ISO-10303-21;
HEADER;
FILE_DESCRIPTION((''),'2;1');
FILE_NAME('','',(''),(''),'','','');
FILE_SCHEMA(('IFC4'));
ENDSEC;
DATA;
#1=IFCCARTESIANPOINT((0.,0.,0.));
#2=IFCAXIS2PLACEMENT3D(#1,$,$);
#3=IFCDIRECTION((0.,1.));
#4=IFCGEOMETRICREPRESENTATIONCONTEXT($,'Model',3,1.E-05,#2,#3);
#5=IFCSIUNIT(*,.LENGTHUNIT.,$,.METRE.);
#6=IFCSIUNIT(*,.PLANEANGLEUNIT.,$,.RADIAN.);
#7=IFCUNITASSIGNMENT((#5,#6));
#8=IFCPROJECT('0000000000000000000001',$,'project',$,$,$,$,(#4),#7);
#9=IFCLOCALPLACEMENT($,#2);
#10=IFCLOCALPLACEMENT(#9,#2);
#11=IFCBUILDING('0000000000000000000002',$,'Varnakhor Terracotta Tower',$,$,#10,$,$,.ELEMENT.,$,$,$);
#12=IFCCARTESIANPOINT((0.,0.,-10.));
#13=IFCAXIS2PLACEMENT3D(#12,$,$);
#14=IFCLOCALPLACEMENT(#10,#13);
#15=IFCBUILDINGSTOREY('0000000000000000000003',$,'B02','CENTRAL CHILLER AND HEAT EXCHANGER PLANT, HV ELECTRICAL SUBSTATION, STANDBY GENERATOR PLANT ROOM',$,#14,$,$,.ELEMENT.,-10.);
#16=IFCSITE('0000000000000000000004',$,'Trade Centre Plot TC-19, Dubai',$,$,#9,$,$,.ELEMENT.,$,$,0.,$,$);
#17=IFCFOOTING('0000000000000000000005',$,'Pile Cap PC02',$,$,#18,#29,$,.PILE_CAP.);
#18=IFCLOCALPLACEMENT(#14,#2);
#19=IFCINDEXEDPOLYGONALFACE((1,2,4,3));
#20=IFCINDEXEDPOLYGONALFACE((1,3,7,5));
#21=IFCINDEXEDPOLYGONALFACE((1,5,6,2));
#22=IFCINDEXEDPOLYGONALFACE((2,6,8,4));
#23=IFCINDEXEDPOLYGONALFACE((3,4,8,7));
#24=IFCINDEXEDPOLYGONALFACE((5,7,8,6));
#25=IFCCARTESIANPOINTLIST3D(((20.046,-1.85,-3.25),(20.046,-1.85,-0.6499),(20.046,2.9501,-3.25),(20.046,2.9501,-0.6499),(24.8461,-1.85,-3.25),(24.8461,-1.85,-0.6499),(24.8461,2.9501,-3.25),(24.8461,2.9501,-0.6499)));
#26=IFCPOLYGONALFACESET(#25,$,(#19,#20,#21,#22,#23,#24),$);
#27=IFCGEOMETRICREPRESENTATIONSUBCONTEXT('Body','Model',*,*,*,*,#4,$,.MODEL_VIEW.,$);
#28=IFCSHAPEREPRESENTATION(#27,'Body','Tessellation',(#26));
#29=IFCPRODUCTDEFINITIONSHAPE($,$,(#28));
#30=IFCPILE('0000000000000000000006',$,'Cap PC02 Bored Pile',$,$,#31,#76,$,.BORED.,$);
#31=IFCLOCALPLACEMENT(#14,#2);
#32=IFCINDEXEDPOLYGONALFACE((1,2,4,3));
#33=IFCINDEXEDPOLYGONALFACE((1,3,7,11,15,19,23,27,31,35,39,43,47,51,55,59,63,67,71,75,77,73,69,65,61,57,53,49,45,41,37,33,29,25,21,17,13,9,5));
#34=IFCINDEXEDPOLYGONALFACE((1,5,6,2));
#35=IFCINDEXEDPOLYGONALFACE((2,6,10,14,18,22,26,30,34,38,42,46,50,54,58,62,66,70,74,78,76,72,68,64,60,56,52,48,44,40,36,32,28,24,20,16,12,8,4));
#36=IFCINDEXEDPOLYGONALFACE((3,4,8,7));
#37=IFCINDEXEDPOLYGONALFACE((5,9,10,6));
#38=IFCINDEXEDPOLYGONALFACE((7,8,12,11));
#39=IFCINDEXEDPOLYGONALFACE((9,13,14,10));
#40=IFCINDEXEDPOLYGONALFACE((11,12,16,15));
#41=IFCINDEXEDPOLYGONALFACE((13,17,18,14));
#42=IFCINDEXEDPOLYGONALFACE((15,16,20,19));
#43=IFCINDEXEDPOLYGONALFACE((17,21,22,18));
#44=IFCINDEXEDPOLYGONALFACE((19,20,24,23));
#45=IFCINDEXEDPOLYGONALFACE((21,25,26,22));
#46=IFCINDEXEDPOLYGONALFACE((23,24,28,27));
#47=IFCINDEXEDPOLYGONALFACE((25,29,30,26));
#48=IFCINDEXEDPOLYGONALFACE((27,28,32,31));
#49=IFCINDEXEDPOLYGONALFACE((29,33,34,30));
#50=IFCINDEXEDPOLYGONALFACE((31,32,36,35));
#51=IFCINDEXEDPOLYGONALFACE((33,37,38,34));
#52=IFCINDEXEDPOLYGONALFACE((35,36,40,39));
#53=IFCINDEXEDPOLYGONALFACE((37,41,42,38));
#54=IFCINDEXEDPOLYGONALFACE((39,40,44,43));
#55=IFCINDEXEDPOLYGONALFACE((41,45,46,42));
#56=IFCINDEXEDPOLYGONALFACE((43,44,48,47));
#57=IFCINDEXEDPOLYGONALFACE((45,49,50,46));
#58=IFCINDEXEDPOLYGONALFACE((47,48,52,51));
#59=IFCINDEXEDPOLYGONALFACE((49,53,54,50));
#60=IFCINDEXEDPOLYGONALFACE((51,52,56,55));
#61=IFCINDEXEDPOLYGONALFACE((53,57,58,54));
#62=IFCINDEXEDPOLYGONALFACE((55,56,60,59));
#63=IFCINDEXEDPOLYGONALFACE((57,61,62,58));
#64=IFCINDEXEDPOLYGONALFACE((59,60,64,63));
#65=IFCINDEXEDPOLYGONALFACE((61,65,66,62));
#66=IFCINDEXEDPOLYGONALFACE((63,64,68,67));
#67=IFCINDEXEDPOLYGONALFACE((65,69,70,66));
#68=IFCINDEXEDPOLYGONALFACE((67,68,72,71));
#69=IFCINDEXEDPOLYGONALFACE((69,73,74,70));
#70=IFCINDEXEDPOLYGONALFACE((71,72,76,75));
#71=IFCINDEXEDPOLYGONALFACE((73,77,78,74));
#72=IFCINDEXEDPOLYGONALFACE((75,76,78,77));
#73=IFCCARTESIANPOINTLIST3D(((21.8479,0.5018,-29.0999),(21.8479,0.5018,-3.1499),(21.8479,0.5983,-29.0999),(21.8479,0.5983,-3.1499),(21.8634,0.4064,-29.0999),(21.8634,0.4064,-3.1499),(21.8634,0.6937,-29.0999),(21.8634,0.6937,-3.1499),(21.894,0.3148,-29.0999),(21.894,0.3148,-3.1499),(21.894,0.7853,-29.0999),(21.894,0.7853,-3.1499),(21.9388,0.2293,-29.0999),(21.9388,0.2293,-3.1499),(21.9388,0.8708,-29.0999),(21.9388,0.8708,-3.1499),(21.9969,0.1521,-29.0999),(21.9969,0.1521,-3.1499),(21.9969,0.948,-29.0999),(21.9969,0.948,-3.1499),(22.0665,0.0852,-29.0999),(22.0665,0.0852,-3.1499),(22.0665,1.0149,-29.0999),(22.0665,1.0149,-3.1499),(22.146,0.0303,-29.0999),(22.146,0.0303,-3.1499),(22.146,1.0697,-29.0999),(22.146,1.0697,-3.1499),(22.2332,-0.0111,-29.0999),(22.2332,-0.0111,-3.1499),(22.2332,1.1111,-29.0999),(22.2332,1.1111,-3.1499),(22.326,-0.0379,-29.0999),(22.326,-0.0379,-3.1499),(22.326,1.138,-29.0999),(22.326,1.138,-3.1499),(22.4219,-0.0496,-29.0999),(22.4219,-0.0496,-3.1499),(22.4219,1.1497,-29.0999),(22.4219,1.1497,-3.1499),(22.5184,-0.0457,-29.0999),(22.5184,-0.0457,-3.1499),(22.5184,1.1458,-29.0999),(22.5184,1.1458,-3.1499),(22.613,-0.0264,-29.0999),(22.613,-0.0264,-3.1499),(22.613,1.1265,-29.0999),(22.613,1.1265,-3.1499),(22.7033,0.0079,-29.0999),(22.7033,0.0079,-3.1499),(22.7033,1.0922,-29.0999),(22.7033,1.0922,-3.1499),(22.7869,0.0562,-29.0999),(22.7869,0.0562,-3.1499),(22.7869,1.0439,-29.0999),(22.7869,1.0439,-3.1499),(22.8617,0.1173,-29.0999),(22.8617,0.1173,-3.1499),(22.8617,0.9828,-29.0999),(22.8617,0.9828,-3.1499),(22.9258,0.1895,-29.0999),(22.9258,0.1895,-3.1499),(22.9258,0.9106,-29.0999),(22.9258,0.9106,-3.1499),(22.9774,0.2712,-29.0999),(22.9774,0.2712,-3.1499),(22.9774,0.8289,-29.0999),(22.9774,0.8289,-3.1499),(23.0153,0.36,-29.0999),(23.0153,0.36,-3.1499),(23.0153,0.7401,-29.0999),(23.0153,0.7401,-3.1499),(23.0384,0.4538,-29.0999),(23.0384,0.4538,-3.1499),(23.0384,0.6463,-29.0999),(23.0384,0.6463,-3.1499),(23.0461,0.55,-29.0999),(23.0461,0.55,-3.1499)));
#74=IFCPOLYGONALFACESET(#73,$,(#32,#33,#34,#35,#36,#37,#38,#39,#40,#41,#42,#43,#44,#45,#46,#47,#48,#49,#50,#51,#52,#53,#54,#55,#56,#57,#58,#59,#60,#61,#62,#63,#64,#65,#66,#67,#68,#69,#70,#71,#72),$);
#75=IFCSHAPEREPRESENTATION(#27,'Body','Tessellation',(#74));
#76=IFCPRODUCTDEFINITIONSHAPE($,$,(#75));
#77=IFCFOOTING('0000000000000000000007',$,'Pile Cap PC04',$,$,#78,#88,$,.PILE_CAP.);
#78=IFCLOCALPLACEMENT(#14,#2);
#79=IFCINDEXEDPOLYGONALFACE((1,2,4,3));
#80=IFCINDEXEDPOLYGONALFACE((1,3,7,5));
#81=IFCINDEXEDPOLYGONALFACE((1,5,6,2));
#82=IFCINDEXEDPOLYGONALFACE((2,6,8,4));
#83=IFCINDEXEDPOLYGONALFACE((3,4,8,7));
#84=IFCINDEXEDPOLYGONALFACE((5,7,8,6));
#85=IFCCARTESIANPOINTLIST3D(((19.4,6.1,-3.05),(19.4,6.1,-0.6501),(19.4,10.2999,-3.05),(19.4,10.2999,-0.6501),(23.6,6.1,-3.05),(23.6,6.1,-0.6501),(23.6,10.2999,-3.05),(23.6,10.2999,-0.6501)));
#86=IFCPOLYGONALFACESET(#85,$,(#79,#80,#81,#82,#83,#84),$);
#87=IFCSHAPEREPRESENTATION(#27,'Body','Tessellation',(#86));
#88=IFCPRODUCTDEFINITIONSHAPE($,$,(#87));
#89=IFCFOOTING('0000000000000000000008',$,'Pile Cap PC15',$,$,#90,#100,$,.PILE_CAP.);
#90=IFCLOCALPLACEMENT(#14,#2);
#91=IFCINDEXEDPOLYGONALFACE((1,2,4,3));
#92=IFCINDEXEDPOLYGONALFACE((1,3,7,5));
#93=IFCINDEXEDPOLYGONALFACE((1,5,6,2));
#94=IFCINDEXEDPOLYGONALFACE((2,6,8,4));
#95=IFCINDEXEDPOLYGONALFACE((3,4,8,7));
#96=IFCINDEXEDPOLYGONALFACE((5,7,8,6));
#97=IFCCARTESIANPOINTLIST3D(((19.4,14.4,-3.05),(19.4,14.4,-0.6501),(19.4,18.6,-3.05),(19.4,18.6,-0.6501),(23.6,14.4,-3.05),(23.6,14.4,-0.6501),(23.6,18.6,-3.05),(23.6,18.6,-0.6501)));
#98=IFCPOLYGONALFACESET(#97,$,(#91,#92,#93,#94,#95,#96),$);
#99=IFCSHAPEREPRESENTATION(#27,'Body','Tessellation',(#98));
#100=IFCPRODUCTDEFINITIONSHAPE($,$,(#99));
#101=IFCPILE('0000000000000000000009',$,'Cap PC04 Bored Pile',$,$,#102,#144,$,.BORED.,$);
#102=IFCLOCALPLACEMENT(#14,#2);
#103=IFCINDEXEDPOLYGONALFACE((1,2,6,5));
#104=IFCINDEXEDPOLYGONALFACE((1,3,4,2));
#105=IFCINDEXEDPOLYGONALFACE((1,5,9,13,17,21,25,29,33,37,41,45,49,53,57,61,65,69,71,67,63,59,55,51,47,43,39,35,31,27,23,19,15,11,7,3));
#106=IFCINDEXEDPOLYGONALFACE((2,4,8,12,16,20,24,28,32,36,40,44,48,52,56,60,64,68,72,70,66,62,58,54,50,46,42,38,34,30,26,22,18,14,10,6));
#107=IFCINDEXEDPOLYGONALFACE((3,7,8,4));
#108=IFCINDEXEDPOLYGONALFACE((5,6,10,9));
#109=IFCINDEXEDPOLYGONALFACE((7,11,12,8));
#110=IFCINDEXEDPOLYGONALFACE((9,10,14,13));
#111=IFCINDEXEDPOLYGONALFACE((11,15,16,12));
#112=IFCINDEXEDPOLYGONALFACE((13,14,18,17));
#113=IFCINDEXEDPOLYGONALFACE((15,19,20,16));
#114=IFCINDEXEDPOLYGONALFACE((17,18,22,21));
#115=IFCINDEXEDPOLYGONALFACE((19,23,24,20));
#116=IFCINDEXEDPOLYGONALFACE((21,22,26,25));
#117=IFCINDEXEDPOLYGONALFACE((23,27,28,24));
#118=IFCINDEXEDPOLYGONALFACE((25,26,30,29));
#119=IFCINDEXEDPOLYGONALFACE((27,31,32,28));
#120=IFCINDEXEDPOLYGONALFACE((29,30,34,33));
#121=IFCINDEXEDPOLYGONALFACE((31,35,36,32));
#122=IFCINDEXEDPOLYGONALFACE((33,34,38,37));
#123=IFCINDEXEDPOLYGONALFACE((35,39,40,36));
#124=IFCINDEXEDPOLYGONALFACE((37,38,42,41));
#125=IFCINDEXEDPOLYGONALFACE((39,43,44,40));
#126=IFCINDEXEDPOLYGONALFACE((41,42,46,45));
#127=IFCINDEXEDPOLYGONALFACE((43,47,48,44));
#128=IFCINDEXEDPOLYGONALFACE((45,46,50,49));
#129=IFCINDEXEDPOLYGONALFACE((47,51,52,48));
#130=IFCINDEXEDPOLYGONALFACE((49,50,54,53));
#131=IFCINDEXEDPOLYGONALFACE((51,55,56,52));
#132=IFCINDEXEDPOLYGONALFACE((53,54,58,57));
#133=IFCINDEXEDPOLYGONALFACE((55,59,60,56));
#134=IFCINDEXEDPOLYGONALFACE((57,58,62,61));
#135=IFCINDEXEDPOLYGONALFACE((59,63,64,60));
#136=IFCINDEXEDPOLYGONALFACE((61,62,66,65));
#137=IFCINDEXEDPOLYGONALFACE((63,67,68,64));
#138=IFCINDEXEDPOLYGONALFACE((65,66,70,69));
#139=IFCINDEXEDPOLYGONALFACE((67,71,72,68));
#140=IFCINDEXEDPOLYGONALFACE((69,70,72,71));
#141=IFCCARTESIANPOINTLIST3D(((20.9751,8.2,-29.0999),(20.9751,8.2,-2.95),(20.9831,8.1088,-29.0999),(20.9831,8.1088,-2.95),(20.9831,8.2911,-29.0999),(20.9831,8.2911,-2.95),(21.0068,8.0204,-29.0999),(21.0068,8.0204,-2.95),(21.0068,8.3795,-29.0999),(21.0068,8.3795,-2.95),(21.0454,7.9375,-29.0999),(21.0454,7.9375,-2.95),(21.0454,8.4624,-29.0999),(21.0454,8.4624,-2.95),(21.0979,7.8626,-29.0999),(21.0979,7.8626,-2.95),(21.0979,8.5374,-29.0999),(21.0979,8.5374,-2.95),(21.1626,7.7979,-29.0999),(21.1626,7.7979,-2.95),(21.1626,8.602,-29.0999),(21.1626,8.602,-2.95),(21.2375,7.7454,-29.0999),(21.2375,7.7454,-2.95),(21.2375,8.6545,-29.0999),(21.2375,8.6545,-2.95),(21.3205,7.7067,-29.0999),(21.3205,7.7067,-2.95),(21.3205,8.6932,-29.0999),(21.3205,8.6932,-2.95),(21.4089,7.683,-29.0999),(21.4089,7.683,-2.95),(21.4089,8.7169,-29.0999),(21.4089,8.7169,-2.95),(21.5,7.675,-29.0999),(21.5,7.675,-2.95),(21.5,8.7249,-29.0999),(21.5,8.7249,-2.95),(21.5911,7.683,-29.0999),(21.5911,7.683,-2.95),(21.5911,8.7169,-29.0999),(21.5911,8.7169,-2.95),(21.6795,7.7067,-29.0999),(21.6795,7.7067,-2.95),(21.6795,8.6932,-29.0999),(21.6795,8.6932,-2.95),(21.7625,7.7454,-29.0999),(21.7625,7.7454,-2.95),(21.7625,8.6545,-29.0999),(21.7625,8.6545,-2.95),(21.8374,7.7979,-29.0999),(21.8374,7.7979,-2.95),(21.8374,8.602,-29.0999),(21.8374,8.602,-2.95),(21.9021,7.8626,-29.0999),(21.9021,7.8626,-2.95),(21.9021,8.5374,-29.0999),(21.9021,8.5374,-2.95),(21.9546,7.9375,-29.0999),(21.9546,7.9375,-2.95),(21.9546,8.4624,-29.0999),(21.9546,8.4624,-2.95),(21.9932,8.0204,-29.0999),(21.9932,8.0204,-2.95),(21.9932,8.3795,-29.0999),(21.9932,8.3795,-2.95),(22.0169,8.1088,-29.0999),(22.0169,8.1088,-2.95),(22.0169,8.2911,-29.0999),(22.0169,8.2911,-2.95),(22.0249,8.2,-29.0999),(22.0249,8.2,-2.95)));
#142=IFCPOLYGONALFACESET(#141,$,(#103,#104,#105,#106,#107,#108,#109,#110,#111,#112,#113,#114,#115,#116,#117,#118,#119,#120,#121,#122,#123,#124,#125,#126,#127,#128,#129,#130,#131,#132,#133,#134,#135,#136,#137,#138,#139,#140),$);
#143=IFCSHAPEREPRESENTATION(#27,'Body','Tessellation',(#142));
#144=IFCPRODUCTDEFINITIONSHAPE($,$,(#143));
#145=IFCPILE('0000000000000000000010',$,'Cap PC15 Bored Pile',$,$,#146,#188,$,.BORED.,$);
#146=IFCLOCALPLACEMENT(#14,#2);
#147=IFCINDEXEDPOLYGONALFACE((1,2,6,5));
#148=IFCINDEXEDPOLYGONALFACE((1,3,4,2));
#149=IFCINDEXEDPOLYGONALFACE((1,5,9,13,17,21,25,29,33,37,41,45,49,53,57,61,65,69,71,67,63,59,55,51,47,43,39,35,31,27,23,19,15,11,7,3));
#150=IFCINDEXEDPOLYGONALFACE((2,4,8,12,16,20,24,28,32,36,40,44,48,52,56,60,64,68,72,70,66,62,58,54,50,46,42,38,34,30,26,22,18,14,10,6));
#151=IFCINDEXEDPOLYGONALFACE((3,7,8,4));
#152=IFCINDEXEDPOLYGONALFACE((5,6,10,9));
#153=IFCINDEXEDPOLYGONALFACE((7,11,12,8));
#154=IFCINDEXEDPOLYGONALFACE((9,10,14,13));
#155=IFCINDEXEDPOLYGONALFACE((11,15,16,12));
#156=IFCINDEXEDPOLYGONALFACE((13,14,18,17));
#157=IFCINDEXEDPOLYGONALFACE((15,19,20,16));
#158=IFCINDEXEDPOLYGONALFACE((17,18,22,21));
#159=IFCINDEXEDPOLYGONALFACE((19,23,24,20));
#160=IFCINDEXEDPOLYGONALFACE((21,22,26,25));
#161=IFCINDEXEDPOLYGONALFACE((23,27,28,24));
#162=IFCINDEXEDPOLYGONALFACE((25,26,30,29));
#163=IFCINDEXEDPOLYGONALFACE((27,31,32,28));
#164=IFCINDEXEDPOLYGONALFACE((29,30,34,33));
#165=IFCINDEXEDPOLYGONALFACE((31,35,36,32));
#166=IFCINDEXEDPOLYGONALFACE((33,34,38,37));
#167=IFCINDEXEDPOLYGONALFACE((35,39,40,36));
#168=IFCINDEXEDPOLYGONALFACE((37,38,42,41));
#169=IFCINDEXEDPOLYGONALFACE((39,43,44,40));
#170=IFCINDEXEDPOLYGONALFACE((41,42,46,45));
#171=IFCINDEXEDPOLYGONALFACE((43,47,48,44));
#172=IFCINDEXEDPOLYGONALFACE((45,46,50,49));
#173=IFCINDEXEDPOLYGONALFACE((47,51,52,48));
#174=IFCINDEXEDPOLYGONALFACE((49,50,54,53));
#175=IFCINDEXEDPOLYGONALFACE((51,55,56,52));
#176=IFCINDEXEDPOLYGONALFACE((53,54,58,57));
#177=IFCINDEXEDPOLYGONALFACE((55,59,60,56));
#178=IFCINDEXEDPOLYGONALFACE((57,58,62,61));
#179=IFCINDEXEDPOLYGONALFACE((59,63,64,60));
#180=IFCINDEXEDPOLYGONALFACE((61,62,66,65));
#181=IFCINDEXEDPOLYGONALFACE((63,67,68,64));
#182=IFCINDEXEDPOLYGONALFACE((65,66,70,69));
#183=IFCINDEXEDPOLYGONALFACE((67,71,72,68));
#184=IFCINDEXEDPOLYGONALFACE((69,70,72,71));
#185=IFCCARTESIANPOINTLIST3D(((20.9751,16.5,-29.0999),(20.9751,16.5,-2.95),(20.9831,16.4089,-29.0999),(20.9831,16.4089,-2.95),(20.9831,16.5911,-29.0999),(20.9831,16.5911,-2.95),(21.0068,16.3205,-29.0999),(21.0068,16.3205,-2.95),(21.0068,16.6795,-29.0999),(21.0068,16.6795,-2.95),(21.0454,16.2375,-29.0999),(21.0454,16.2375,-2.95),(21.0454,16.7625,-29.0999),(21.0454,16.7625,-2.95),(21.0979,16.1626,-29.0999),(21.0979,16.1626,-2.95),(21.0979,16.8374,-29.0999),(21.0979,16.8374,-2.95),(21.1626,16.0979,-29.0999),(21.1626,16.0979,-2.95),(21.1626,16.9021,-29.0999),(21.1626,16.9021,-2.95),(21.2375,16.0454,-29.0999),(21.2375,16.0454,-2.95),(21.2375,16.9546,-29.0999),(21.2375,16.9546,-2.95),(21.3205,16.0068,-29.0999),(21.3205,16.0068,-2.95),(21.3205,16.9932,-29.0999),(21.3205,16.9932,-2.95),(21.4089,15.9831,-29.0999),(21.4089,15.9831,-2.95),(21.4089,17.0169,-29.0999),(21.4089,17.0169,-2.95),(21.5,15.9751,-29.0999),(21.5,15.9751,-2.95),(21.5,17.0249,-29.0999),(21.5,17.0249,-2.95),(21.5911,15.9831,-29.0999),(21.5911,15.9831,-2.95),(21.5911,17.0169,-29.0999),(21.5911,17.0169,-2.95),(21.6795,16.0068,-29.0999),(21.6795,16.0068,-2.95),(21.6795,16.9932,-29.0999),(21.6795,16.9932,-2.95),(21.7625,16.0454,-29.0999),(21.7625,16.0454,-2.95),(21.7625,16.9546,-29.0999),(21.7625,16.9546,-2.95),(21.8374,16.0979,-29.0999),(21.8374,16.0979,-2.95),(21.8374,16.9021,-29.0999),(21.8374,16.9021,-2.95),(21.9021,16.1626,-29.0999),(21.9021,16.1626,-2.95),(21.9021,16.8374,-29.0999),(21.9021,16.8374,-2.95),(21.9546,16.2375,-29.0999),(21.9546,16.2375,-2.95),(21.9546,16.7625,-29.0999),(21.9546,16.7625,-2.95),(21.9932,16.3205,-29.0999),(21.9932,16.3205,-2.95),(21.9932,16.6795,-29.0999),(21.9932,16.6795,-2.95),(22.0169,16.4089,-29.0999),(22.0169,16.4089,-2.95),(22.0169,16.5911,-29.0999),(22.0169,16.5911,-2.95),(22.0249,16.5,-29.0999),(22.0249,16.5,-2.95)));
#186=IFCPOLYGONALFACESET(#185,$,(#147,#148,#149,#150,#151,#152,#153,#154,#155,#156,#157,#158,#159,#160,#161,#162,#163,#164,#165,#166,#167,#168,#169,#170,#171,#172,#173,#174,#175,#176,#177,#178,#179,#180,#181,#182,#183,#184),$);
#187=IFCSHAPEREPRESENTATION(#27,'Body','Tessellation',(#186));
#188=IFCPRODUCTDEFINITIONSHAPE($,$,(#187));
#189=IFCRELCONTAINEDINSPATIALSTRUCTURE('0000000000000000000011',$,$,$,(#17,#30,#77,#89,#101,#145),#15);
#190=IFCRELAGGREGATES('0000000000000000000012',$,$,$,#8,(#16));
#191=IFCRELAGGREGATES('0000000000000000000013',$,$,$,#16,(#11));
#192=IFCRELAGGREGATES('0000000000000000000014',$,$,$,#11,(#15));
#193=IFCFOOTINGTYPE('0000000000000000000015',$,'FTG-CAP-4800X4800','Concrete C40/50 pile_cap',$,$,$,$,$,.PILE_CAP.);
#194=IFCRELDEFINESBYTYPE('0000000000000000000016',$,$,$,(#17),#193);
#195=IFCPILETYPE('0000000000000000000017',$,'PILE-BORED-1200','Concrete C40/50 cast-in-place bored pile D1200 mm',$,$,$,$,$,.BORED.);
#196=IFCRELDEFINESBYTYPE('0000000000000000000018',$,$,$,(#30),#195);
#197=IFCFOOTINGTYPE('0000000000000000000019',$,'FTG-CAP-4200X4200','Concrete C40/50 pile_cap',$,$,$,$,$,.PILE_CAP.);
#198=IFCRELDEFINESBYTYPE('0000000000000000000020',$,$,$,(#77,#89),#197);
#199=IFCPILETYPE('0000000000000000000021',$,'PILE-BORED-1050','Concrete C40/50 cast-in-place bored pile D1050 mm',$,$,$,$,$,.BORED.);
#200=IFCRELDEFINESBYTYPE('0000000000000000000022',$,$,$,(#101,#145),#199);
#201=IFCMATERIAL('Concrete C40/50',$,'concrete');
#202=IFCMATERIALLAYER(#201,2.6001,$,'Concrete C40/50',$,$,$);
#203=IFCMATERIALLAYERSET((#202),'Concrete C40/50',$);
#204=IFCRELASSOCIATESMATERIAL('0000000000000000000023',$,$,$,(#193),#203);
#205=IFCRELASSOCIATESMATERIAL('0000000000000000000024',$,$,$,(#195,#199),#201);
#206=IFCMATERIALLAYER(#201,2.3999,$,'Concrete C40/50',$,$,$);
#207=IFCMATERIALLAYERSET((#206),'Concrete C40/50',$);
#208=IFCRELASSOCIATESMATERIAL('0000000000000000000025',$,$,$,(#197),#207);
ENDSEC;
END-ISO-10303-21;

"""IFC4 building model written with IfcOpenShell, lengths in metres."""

from ifc_helpers import new_model, si_unit, direction, frame, origin, origin_2d, place, context, subcontext, project, spatial, rectangle, circle, extrude, source, transform, mapped, material, layer, layer_set, material_profile, profile_set, type_object, type_shapes, element, save


model = new_model("IFC4")

# Units and contexts
model_context = context("Model", 3, precision=1e-05, world=origin(), true_north=direction((0.0, 1.0)))
body_context = subcontext(model_context, "Body", "Model", "MODEL_VIEW")
ifc_project = project(units=[si_unit("LENGTHUNIT", "METRE"), si_unit("PLANEANGLEUNIT", "RADIAN")], contexts=[model_context])

# Site, building, storey
site_placement = place(None, origin())
site = spatial("IfcSite", under=ifc_project, at=site_placement, Name="Trade Centre Plot TC-19, Dubai", CompositionType="ELEMENT", RefElevation=0.0)
building_placement = place(site_placement, origin())
building = spatial("IfcBuilding", under=site, at=building_placement, Name="Varnakhor Terracotta Tower", CompositionType="ELEMENT")
storey_placement = place(building_placement, frame((0.0, 0.0, -10.0)))
storey = spatial("IfcBuildingStorey", under=building, at=storey_placement, Name="B02", Description="CENTRAL CHILLER AND HEAT EXCHANGER PLANT, HV ELECTRICAL SUBSTATION, STANDBY GENERATOR PLANT ROOM", CompositionType="ELEMENT", Elevation=-10.0)

# Footing
ifc_material_1 = material(Name="Concrete C40/50", Category="concrete")
ifc_layer_1 = layer(ifc_material_1, 2.6001, Name="Concrete C40/50")
ifc_layer_set_1 = layer_set([ifc_layer_1], Name="Concrete C40/50")
footing_type_1 = type_object("IfcFootingType", Name="FTG-CAP-4800X4800", Description="Concrete C40/50 pile_cap", PredefinedType="PILE_CAP", material=ifc_layer_set_1)
shared_shape_1 = source(origin(), body_context, "Body", "SweptSolid", [
    extrude(rectangle(XDim=4.8, YDim=4.8, at=origin_2d()), origin(), (0.0, 0.0, 1.0), 2.6001),
])
type_shapes(footing_type_1, [shared_shape_1])
footing_1_placement = place(storey_placement, frame((22.446, 0.55, -3.25), z_axis=(0.0, 0.0, 1.0), x_axis=(1.0, 0.0, 0.0)))
element("IfcFooting", 1, at=footing_1_placement, inside=storey, type_object=footing_type_1, Name="Pile Cap PC02", PredefinedType="PILE_CAP", context=body_context, shape_type="MappedRepresentation", body=[
    mapped(shared_shape_1, transform((0.0, 0.0, 0.0), scale=1.0)),
])

# Pile
ifc_material_profile_1 = material_profile(ifc_material_1, circle(Radius=0.6001, at=origin_2d()), Name="BORED PILE D1200")
ifc_profile_set_1 = profile_set([ifc_material_profile_1], Name="Concrete C40/50")
pile_type_1 = type_object("IfcPileType", Name="PILE-BORED-1200", Description="Concrete C40/50 cast-in-place bored pile D1200 mm", PredefinedType="BORED", material=ifc_profile_set_1)
shared_shape_2 = source(origin(), body_context, "Body", "SweptSolid", [
    extrude(circle(Radius=0.6001, at=origin_2d()), origin(), (0.0, 0.0, 1.0), 25.95),
])
type_shapes(pile_type_1, [shared_shape_2])
pile_placement = place(storey_placement, frame((22.446, 0.55, -3.1499), z_axis=(0.0, 0.0, -1.0), x_axis=(1.0, 0.0, 0.0)))
element("IfcPile", 2, at=pile_placement, inside=storey, type_object=pile_type_1, Name="Cap PC02 Bored Pile", PredefinedType="BORED", context=body_context, shape_type="MappedRepresentation", body=[
    mapped(shared_shape_2, transform((0.0, 0.0, 0.0), scale=1.0)),
])

# Footings
ifc_layer_2 = layer(ifc_material_1, 2.3999, Name="Concrete C40/50")
ifc_layer_set_2 = layer_set([ifc_layer_2], Name="Concrete C40/50")
footing_type_2 = type_object("IfcFootingType", Name="FTG-CAP-4200X4200", Description="Concrete C40/50 pile_cap", PredefinedType="PILE_CAP", material=ifc_layer_set_2)
shared_shape_3 = source(origin(), body_context, "Body", "SweptSolid", [
    extrude(rectangle(XDim=4.2, YDim=4.2, at=origin_2d()), origin(), (0.0, 0.0, 1.0), 2.3999),
])
type_shapes(footing_type_2, [shared_shape_3])
for number, where, z_axis, x_axis, name in (
    (3, (21.5, 8.2, -3.05), (0.0, 0.0, 1.0), (1.0, 0.0, 0.0), "Pile Cap PC04"),
    (4, (21.5, 16.5, -3.05), (0.0, 0.0, 1.0), (1.0, 0.0, 0.0), "Pile Cap PC15"),
):
    element("IfcFooting", number, at=place(storey_placement, frame(where, z_axis=z_axis, x_axis=x_axis)), inside=storey, type_object=footing_type_2, Name=name, PredefinedType="PILE_CAP", context=body_context, shape_type="MappedRepresentation", body=[
        mapped(shared_shape_3, transform((0.0, 0.0, 0.0), scale=1.0)),
    ])

# Piles
ifc_material_profile_2 = material_profile(ifc_material_1, circle(Radius=0.5249, at=origin_2d()), Name="BORED PILE D1050")
ifc_profile_set_2 = profile_set([ifc_material_profile_2], Name="Concrete C40/50")
pile_type_2 = type_object("IfcPileType", Name="PILE-BORED-1050", Description="Concrete C40/50 cast-in-place bored pile D1050 mm", PredefinedType="BORED", material=ifc_profile_set_2)
shared_shape_4 = source(origin(), body_context, "Body", "SweptSolid", [
    extrude(circle(Radius=0.5249, at=origin_2d()), origin(), (0.0, 0.0, 1.0), 26.1499),
])
type_shapes(pile_type_2, [shared_shape_4])
for number, where, z_axis, x_axis, name in (
    (5, (21.5, 8.2, -2.95), (0.0, 0.0, -1.0), (1.0, 0.0, 0.0), "Cap PC04 Bored Pile"),
    (6, (21.5, 16.5, -2.95), (0.0, 0.0, -1.0), (1.0, 0.0, 0.0), "Cap PC15 Bored Pile"),
):
    element("IfcPile", number, at=place(storey_placement, frame(where, z_axis=z_axis, x_axis=x_axis)), inside=storey, type_object=pile_type_2, Name=name, PredefinedType="BORED", context=body_context, shape_type="MappedRepresentation", body=[
        mapped(shared_shape_4, transform((0.0, 0.0, 0.0), scale=1.0)),
    ])

save(model, "model.ifc")
